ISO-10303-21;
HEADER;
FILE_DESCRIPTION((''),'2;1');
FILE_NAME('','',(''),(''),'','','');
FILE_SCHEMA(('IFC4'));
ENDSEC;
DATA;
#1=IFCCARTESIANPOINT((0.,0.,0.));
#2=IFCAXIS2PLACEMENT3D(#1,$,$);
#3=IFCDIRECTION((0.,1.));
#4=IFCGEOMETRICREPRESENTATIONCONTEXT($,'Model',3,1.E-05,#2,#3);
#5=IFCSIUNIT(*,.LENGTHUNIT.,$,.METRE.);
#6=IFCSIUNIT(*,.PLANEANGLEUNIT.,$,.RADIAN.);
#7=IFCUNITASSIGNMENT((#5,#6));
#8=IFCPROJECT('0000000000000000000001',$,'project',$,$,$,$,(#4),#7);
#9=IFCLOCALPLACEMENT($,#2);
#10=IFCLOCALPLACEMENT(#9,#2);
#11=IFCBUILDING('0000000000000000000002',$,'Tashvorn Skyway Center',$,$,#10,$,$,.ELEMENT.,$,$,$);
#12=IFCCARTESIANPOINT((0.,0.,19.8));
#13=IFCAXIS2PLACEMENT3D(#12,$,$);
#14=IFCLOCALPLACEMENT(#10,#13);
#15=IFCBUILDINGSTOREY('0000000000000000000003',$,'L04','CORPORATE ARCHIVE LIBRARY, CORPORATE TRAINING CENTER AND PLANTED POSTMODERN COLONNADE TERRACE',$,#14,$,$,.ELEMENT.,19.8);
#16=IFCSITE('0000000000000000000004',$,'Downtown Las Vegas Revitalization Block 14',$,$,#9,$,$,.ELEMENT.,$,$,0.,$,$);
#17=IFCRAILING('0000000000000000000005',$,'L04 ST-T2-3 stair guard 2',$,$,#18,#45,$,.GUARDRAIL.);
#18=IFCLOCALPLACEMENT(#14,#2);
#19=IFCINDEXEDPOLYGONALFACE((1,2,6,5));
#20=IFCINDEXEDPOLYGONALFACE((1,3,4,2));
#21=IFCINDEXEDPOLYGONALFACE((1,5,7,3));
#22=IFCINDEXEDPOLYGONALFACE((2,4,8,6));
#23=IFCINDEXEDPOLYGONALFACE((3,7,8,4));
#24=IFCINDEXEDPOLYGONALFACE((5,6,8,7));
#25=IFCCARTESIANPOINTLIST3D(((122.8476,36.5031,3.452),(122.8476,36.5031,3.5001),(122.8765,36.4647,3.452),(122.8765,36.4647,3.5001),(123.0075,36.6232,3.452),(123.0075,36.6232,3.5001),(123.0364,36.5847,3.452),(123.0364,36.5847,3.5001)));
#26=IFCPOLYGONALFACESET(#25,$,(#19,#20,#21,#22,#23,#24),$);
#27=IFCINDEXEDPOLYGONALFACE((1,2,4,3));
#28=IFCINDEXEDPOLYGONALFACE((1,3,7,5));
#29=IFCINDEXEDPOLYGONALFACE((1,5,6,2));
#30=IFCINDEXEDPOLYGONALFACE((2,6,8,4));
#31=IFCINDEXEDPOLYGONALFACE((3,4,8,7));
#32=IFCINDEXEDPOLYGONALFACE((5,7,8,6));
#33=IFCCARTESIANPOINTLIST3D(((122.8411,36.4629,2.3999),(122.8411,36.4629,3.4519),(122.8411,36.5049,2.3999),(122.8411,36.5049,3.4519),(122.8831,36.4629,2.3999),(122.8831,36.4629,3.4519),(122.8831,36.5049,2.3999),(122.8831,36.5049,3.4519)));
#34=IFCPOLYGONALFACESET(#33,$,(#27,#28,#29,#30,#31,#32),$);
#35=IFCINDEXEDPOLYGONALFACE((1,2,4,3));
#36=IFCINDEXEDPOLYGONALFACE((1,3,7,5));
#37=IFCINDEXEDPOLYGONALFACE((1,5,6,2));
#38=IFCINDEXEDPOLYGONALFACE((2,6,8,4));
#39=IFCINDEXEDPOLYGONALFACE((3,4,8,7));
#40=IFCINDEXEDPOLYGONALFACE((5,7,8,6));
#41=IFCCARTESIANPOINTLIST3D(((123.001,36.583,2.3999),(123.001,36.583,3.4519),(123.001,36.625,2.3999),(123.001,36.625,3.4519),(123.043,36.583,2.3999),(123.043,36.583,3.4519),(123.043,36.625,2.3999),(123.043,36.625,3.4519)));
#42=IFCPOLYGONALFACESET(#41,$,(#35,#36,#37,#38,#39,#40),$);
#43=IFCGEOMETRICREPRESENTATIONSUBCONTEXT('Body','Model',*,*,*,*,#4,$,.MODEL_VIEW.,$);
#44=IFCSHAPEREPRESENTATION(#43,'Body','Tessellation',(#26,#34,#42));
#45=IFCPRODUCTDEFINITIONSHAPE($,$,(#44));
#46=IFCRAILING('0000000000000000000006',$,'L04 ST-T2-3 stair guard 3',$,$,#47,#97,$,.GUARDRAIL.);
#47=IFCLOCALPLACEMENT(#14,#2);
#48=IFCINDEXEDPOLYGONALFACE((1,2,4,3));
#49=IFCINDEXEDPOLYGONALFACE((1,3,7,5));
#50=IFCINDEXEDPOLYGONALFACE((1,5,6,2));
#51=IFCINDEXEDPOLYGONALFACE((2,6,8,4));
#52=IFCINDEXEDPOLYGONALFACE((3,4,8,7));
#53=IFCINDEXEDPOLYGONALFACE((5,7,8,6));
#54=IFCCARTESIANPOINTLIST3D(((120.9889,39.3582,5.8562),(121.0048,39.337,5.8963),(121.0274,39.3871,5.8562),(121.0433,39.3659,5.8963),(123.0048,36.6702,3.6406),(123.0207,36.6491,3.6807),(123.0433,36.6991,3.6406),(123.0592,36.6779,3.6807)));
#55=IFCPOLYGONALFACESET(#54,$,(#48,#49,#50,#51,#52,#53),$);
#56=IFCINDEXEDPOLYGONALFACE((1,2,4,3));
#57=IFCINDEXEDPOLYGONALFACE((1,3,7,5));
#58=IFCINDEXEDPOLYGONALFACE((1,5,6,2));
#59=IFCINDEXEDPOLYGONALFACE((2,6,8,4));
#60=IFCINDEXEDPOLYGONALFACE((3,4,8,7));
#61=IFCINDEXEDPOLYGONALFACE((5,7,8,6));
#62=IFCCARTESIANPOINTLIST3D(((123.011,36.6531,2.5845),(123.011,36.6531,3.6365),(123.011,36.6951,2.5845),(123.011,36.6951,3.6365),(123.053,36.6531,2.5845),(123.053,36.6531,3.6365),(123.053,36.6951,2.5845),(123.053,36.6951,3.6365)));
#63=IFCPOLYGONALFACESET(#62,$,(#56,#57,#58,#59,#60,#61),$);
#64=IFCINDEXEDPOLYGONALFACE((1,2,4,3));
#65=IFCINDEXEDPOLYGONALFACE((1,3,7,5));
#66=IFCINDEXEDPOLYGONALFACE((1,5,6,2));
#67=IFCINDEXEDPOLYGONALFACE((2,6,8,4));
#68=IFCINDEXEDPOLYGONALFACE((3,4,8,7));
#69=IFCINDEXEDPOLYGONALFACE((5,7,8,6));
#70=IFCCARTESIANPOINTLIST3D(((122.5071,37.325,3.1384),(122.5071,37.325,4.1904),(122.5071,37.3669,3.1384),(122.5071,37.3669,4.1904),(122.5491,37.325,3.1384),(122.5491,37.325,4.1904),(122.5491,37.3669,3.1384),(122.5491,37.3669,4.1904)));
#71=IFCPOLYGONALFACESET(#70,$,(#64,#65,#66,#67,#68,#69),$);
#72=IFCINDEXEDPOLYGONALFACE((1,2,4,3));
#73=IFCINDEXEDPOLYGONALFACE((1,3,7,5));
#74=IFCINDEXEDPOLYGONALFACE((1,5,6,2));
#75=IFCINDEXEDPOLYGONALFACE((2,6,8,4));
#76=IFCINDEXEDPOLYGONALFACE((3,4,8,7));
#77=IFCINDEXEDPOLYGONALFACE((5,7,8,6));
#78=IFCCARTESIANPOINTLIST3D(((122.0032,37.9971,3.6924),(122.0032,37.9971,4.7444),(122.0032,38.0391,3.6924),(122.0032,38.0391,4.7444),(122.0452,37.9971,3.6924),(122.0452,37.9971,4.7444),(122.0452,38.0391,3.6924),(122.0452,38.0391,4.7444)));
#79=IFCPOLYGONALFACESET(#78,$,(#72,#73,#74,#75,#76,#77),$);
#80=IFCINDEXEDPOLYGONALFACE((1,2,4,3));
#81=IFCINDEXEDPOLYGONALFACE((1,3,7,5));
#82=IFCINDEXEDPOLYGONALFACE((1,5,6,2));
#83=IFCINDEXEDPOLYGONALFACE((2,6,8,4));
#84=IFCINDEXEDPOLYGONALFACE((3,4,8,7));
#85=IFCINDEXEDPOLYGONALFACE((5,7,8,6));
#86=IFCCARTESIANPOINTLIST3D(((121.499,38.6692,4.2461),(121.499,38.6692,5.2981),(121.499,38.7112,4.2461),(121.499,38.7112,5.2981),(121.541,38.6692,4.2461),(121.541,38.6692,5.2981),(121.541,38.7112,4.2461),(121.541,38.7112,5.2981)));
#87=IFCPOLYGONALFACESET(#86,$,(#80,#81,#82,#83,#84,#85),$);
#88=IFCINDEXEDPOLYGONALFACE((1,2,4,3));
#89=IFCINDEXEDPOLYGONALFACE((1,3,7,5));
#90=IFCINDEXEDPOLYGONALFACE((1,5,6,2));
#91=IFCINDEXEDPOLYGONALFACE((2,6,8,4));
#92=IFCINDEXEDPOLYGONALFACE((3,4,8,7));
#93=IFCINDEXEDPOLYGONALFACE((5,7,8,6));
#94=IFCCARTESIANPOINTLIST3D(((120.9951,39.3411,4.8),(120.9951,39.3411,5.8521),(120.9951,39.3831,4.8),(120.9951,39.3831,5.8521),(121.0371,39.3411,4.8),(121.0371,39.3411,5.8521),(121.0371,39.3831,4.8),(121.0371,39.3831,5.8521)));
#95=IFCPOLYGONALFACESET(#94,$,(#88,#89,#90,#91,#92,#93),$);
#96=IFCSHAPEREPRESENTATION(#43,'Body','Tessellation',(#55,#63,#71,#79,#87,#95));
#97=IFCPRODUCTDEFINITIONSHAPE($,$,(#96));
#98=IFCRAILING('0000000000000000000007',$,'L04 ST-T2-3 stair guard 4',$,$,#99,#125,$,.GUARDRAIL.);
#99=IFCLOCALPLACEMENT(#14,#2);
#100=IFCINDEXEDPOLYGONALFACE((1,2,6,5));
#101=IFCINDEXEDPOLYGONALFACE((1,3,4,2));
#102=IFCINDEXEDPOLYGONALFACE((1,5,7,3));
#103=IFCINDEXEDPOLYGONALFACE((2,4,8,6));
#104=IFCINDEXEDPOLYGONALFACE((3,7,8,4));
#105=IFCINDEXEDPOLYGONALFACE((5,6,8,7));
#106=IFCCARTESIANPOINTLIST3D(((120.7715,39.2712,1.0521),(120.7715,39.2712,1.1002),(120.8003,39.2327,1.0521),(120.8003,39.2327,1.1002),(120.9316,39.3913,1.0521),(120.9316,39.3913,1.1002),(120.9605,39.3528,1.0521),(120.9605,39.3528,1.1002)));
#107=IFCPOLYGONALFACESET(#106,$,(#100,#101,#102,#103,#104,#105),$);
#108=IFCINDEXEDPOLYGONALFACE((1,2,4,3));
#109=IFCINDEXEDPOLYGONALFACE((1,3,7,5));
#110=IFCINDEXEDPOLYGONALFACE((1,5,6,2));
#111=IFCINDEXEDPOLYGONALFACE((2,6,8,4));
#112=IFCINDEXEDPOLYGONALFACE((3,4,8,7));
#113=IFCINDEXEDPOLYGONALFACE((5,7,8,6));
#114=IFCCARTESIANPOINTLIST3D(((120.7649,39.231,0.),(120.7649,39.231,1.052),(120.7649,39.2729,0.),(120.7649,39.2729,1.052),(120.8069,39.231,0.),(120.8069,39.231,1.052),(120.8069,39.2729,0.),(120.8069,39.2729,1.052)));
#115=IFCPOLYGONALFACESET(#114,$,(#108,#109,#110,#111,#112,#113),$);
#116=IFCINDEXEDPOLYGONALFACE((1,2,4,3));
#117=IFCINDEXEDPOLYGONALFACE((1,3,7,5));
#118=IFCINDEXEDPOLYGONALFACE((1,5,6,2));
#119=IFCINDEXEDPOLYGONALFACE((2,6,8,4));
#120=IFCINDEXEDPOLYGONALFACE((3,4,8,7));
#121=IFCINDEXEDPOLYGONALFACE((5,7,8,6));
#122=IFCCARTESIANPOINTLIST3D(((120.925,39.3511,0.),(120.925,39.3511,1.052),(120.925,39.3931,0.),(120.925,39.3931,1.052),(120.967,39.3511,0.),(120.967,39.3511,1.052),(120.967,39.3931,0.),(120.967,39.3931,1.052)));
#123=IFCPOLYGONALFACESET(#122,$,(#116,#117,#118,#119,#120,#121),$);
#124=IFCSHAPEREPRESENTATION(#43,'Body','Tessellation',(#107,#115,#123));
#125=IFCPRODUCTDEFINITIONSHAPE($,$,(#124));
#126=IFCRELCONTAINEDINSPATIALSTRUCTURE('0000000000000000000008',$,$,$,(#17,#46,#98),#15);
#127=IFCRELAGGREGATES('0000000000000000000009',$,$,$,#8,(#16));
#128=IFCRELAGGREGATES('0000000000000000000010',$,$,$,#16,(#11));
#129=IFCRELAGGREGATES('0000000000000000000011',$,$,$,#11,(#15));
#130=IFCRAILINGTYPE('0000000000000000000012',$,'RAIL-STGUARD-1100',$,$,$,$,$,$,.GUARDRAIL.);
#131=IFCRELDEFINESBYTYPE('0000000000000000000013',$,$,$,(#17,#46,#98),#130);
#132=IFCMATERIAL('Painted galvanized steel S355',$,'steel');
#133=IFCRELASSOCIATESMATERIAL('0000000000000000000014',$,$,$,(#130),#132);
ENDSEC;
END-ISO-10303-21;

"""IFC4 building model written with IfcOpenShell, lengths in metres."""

from ifc_helpers import new_model, si_unit, direction, frame, origin, origin_2d, place, context, subcontext, project, spatial, rectangle, extrude, material, type_object, element, save


model = new_model("IFC4")

# Units and contexts
model_context = context("Model", 3, precision=1e-05, world=origin(), true_north=direction((0.0, 1.0)))
body_context = subcontext(model_context, "Body", "Model", "MODEL_VIEW")
ifc_project = project(units=[si_unit("LENGTHUNIT", "METRE"), si_unit("PLANEANGLEUNIT", "RADIAN")], contexts=[model_context])

# Site, building, storey
site_placement = place(None, origin())
site = spatial("IfcSite", under=ifc_project, at=site_placement, Name="Downtown Las Vegas Revitalization Block 14", CompositionType="ELEMENT", RefElevation=0.0)
building_placement = place(site_placement, origin())
building = spatial("IfcBuilding", under=site, at=building_placement, Name="Tashvorn Skyway Center", CompositionType="ELEMENT")
storey_placement = place(building_placement, frame((0.0, 0.0, 19.8)))
storey = spatial("IfcBuildingStorey", under=building, at=storey_placement, Name="L04", Description="CORPORATE ARCHIVE LIBRARY, CORPORATE TRAINING CENTER AND PLANTED POSTMODERN COLONNADE TERRACE", CompositionType="ELEMENT", Elevation=19.8)

# Railings
ifc_material_1 = material(Name="Painted galvanized steel S355", Category="steel")
railing_type_1 = type_object("IfcRailingType", Name="RAIL-STGUARD-1100", PredefinedType="GUARDRAIL", material=ifc_material_1)
railing_1_placement = place(storey_placement, frame((122.8621, 36.4839, 2.3999)))
element("IfcRailing", 1, at=railing_1_placement, inside=storey, type_object=railing_type_1, Name="L04 ST-T2-3 stair guard 2", PredefinedType="GUARDRAIL", context=body_context, shape_type="SweptSolid", body=[
    extrude(rectangle(XDim=0.0481, YDim=0.0481, at=origin_2d()), frame((0.0, 0.0, 1.0762), z_axis=(0.79956, 0.600586, 0.0), x_axis=(-0.600586, 0.79956, 0.0)), (0.0, 0.0, 1.0), 0.2),
    extrude(rectangle(XDim=0.042, YDim=0.042, at=origin_2d()), origin(), (0.0, 0.0, 1.0), 1.052),
    extrude(rectangle(XDim=0.042, YDim=0.042, at=origin_2d()), frame((0.1599, 0.1201, 0.0)), (0.0, 0.0, 1.0), 1.052),
])
railing_2_placement = place(storey_placement, frame((123.032, 36.6741, 2.5845)))
element("IfcRailing", 2, at=railing_2_placement, inside=storey, type_object=railing_type_1, Name="L04 ST-T2-3 stair guard 3", PredefinedType="GUARDRAIL", context=body_context, shape_type="SweptSolid", body=[
    extrude(rectangle(XDim=0.0481, YDim=0.0481, at=origin_2d()), frame((0.0, 0.0, 1.0762), z_axis=(-0.500881, 0.667882, 0.550502), x_axis=(-0.800017, -0.599977, 0.0)), (0.0, 0.0, 1.0), 4.0247),
    extrude(rectangle(XDim=0.042, YDim=0.042, at=origin_2d()), origin(), (0.0, 0.0, 1.0), 1.052),
    extrude(rectangle(XDim=0.042, YDim=0.042, at=origin_2d()), frame((-0.5039, 0.6719, 0.554)), (0.0, 0.0, 1.0), 1.052),
    extrude(rectangle(XDim=0.042, YDim=0.042, at=origin_2d()), frame((-1.0078, 1.344, 1.1079)), (0.0, 0.0, 1.0), 1.052),
    extrude(rectangle(XDim=0.042, YDim=0.042, at=origin_2d()), frame((-1.512, 2.0161, 1.6616)), (0.0, 0.0, 1.0), 1.052),
    extrude(rectangle(XDim=0.042, YDim=0.042, at=origin_2d()), frame((-2.0159, 2.688, 2.2156)), (0.0, 0.0, 1.0), 1.052),
])
railing_3_placement = place(storey_placement, frame((120.7859, 39.252, 0.0)))
element("IfcRailing", 3, at=railing_3_placement, inside=storey, type_object=railing_type_1, Name="L04 ST-T2-3 stair guard 4", PredefinedType="GUARDRAIL", context=body_context, shape_type="SweptSolid", body=[
    extrude(rectangle(XDim=0.0481, YDim=0.0481, at=origin_2d()), frame((0.0, 0.0, 1.0762), z_axis=(0.8, 0.6, 0.0), x_axis=(-0.6, 0.8, 0.0)), (0.0, 0.0, 1.0), 0.2002),
    extrude(rectangle(XDim=0.042, YDim=0.042, at=origin_2d()), origin(), (0.0, 0.0, 1.0), 1.052),
    extrude(rectangle(XDim=0.042, YDim=0.042, at=origin_2d()), frame((0.1602, 0.1201, 0.0)), (0.0, 0.0, 1.0), 1.052),
])

save(model, "model.ifc")
